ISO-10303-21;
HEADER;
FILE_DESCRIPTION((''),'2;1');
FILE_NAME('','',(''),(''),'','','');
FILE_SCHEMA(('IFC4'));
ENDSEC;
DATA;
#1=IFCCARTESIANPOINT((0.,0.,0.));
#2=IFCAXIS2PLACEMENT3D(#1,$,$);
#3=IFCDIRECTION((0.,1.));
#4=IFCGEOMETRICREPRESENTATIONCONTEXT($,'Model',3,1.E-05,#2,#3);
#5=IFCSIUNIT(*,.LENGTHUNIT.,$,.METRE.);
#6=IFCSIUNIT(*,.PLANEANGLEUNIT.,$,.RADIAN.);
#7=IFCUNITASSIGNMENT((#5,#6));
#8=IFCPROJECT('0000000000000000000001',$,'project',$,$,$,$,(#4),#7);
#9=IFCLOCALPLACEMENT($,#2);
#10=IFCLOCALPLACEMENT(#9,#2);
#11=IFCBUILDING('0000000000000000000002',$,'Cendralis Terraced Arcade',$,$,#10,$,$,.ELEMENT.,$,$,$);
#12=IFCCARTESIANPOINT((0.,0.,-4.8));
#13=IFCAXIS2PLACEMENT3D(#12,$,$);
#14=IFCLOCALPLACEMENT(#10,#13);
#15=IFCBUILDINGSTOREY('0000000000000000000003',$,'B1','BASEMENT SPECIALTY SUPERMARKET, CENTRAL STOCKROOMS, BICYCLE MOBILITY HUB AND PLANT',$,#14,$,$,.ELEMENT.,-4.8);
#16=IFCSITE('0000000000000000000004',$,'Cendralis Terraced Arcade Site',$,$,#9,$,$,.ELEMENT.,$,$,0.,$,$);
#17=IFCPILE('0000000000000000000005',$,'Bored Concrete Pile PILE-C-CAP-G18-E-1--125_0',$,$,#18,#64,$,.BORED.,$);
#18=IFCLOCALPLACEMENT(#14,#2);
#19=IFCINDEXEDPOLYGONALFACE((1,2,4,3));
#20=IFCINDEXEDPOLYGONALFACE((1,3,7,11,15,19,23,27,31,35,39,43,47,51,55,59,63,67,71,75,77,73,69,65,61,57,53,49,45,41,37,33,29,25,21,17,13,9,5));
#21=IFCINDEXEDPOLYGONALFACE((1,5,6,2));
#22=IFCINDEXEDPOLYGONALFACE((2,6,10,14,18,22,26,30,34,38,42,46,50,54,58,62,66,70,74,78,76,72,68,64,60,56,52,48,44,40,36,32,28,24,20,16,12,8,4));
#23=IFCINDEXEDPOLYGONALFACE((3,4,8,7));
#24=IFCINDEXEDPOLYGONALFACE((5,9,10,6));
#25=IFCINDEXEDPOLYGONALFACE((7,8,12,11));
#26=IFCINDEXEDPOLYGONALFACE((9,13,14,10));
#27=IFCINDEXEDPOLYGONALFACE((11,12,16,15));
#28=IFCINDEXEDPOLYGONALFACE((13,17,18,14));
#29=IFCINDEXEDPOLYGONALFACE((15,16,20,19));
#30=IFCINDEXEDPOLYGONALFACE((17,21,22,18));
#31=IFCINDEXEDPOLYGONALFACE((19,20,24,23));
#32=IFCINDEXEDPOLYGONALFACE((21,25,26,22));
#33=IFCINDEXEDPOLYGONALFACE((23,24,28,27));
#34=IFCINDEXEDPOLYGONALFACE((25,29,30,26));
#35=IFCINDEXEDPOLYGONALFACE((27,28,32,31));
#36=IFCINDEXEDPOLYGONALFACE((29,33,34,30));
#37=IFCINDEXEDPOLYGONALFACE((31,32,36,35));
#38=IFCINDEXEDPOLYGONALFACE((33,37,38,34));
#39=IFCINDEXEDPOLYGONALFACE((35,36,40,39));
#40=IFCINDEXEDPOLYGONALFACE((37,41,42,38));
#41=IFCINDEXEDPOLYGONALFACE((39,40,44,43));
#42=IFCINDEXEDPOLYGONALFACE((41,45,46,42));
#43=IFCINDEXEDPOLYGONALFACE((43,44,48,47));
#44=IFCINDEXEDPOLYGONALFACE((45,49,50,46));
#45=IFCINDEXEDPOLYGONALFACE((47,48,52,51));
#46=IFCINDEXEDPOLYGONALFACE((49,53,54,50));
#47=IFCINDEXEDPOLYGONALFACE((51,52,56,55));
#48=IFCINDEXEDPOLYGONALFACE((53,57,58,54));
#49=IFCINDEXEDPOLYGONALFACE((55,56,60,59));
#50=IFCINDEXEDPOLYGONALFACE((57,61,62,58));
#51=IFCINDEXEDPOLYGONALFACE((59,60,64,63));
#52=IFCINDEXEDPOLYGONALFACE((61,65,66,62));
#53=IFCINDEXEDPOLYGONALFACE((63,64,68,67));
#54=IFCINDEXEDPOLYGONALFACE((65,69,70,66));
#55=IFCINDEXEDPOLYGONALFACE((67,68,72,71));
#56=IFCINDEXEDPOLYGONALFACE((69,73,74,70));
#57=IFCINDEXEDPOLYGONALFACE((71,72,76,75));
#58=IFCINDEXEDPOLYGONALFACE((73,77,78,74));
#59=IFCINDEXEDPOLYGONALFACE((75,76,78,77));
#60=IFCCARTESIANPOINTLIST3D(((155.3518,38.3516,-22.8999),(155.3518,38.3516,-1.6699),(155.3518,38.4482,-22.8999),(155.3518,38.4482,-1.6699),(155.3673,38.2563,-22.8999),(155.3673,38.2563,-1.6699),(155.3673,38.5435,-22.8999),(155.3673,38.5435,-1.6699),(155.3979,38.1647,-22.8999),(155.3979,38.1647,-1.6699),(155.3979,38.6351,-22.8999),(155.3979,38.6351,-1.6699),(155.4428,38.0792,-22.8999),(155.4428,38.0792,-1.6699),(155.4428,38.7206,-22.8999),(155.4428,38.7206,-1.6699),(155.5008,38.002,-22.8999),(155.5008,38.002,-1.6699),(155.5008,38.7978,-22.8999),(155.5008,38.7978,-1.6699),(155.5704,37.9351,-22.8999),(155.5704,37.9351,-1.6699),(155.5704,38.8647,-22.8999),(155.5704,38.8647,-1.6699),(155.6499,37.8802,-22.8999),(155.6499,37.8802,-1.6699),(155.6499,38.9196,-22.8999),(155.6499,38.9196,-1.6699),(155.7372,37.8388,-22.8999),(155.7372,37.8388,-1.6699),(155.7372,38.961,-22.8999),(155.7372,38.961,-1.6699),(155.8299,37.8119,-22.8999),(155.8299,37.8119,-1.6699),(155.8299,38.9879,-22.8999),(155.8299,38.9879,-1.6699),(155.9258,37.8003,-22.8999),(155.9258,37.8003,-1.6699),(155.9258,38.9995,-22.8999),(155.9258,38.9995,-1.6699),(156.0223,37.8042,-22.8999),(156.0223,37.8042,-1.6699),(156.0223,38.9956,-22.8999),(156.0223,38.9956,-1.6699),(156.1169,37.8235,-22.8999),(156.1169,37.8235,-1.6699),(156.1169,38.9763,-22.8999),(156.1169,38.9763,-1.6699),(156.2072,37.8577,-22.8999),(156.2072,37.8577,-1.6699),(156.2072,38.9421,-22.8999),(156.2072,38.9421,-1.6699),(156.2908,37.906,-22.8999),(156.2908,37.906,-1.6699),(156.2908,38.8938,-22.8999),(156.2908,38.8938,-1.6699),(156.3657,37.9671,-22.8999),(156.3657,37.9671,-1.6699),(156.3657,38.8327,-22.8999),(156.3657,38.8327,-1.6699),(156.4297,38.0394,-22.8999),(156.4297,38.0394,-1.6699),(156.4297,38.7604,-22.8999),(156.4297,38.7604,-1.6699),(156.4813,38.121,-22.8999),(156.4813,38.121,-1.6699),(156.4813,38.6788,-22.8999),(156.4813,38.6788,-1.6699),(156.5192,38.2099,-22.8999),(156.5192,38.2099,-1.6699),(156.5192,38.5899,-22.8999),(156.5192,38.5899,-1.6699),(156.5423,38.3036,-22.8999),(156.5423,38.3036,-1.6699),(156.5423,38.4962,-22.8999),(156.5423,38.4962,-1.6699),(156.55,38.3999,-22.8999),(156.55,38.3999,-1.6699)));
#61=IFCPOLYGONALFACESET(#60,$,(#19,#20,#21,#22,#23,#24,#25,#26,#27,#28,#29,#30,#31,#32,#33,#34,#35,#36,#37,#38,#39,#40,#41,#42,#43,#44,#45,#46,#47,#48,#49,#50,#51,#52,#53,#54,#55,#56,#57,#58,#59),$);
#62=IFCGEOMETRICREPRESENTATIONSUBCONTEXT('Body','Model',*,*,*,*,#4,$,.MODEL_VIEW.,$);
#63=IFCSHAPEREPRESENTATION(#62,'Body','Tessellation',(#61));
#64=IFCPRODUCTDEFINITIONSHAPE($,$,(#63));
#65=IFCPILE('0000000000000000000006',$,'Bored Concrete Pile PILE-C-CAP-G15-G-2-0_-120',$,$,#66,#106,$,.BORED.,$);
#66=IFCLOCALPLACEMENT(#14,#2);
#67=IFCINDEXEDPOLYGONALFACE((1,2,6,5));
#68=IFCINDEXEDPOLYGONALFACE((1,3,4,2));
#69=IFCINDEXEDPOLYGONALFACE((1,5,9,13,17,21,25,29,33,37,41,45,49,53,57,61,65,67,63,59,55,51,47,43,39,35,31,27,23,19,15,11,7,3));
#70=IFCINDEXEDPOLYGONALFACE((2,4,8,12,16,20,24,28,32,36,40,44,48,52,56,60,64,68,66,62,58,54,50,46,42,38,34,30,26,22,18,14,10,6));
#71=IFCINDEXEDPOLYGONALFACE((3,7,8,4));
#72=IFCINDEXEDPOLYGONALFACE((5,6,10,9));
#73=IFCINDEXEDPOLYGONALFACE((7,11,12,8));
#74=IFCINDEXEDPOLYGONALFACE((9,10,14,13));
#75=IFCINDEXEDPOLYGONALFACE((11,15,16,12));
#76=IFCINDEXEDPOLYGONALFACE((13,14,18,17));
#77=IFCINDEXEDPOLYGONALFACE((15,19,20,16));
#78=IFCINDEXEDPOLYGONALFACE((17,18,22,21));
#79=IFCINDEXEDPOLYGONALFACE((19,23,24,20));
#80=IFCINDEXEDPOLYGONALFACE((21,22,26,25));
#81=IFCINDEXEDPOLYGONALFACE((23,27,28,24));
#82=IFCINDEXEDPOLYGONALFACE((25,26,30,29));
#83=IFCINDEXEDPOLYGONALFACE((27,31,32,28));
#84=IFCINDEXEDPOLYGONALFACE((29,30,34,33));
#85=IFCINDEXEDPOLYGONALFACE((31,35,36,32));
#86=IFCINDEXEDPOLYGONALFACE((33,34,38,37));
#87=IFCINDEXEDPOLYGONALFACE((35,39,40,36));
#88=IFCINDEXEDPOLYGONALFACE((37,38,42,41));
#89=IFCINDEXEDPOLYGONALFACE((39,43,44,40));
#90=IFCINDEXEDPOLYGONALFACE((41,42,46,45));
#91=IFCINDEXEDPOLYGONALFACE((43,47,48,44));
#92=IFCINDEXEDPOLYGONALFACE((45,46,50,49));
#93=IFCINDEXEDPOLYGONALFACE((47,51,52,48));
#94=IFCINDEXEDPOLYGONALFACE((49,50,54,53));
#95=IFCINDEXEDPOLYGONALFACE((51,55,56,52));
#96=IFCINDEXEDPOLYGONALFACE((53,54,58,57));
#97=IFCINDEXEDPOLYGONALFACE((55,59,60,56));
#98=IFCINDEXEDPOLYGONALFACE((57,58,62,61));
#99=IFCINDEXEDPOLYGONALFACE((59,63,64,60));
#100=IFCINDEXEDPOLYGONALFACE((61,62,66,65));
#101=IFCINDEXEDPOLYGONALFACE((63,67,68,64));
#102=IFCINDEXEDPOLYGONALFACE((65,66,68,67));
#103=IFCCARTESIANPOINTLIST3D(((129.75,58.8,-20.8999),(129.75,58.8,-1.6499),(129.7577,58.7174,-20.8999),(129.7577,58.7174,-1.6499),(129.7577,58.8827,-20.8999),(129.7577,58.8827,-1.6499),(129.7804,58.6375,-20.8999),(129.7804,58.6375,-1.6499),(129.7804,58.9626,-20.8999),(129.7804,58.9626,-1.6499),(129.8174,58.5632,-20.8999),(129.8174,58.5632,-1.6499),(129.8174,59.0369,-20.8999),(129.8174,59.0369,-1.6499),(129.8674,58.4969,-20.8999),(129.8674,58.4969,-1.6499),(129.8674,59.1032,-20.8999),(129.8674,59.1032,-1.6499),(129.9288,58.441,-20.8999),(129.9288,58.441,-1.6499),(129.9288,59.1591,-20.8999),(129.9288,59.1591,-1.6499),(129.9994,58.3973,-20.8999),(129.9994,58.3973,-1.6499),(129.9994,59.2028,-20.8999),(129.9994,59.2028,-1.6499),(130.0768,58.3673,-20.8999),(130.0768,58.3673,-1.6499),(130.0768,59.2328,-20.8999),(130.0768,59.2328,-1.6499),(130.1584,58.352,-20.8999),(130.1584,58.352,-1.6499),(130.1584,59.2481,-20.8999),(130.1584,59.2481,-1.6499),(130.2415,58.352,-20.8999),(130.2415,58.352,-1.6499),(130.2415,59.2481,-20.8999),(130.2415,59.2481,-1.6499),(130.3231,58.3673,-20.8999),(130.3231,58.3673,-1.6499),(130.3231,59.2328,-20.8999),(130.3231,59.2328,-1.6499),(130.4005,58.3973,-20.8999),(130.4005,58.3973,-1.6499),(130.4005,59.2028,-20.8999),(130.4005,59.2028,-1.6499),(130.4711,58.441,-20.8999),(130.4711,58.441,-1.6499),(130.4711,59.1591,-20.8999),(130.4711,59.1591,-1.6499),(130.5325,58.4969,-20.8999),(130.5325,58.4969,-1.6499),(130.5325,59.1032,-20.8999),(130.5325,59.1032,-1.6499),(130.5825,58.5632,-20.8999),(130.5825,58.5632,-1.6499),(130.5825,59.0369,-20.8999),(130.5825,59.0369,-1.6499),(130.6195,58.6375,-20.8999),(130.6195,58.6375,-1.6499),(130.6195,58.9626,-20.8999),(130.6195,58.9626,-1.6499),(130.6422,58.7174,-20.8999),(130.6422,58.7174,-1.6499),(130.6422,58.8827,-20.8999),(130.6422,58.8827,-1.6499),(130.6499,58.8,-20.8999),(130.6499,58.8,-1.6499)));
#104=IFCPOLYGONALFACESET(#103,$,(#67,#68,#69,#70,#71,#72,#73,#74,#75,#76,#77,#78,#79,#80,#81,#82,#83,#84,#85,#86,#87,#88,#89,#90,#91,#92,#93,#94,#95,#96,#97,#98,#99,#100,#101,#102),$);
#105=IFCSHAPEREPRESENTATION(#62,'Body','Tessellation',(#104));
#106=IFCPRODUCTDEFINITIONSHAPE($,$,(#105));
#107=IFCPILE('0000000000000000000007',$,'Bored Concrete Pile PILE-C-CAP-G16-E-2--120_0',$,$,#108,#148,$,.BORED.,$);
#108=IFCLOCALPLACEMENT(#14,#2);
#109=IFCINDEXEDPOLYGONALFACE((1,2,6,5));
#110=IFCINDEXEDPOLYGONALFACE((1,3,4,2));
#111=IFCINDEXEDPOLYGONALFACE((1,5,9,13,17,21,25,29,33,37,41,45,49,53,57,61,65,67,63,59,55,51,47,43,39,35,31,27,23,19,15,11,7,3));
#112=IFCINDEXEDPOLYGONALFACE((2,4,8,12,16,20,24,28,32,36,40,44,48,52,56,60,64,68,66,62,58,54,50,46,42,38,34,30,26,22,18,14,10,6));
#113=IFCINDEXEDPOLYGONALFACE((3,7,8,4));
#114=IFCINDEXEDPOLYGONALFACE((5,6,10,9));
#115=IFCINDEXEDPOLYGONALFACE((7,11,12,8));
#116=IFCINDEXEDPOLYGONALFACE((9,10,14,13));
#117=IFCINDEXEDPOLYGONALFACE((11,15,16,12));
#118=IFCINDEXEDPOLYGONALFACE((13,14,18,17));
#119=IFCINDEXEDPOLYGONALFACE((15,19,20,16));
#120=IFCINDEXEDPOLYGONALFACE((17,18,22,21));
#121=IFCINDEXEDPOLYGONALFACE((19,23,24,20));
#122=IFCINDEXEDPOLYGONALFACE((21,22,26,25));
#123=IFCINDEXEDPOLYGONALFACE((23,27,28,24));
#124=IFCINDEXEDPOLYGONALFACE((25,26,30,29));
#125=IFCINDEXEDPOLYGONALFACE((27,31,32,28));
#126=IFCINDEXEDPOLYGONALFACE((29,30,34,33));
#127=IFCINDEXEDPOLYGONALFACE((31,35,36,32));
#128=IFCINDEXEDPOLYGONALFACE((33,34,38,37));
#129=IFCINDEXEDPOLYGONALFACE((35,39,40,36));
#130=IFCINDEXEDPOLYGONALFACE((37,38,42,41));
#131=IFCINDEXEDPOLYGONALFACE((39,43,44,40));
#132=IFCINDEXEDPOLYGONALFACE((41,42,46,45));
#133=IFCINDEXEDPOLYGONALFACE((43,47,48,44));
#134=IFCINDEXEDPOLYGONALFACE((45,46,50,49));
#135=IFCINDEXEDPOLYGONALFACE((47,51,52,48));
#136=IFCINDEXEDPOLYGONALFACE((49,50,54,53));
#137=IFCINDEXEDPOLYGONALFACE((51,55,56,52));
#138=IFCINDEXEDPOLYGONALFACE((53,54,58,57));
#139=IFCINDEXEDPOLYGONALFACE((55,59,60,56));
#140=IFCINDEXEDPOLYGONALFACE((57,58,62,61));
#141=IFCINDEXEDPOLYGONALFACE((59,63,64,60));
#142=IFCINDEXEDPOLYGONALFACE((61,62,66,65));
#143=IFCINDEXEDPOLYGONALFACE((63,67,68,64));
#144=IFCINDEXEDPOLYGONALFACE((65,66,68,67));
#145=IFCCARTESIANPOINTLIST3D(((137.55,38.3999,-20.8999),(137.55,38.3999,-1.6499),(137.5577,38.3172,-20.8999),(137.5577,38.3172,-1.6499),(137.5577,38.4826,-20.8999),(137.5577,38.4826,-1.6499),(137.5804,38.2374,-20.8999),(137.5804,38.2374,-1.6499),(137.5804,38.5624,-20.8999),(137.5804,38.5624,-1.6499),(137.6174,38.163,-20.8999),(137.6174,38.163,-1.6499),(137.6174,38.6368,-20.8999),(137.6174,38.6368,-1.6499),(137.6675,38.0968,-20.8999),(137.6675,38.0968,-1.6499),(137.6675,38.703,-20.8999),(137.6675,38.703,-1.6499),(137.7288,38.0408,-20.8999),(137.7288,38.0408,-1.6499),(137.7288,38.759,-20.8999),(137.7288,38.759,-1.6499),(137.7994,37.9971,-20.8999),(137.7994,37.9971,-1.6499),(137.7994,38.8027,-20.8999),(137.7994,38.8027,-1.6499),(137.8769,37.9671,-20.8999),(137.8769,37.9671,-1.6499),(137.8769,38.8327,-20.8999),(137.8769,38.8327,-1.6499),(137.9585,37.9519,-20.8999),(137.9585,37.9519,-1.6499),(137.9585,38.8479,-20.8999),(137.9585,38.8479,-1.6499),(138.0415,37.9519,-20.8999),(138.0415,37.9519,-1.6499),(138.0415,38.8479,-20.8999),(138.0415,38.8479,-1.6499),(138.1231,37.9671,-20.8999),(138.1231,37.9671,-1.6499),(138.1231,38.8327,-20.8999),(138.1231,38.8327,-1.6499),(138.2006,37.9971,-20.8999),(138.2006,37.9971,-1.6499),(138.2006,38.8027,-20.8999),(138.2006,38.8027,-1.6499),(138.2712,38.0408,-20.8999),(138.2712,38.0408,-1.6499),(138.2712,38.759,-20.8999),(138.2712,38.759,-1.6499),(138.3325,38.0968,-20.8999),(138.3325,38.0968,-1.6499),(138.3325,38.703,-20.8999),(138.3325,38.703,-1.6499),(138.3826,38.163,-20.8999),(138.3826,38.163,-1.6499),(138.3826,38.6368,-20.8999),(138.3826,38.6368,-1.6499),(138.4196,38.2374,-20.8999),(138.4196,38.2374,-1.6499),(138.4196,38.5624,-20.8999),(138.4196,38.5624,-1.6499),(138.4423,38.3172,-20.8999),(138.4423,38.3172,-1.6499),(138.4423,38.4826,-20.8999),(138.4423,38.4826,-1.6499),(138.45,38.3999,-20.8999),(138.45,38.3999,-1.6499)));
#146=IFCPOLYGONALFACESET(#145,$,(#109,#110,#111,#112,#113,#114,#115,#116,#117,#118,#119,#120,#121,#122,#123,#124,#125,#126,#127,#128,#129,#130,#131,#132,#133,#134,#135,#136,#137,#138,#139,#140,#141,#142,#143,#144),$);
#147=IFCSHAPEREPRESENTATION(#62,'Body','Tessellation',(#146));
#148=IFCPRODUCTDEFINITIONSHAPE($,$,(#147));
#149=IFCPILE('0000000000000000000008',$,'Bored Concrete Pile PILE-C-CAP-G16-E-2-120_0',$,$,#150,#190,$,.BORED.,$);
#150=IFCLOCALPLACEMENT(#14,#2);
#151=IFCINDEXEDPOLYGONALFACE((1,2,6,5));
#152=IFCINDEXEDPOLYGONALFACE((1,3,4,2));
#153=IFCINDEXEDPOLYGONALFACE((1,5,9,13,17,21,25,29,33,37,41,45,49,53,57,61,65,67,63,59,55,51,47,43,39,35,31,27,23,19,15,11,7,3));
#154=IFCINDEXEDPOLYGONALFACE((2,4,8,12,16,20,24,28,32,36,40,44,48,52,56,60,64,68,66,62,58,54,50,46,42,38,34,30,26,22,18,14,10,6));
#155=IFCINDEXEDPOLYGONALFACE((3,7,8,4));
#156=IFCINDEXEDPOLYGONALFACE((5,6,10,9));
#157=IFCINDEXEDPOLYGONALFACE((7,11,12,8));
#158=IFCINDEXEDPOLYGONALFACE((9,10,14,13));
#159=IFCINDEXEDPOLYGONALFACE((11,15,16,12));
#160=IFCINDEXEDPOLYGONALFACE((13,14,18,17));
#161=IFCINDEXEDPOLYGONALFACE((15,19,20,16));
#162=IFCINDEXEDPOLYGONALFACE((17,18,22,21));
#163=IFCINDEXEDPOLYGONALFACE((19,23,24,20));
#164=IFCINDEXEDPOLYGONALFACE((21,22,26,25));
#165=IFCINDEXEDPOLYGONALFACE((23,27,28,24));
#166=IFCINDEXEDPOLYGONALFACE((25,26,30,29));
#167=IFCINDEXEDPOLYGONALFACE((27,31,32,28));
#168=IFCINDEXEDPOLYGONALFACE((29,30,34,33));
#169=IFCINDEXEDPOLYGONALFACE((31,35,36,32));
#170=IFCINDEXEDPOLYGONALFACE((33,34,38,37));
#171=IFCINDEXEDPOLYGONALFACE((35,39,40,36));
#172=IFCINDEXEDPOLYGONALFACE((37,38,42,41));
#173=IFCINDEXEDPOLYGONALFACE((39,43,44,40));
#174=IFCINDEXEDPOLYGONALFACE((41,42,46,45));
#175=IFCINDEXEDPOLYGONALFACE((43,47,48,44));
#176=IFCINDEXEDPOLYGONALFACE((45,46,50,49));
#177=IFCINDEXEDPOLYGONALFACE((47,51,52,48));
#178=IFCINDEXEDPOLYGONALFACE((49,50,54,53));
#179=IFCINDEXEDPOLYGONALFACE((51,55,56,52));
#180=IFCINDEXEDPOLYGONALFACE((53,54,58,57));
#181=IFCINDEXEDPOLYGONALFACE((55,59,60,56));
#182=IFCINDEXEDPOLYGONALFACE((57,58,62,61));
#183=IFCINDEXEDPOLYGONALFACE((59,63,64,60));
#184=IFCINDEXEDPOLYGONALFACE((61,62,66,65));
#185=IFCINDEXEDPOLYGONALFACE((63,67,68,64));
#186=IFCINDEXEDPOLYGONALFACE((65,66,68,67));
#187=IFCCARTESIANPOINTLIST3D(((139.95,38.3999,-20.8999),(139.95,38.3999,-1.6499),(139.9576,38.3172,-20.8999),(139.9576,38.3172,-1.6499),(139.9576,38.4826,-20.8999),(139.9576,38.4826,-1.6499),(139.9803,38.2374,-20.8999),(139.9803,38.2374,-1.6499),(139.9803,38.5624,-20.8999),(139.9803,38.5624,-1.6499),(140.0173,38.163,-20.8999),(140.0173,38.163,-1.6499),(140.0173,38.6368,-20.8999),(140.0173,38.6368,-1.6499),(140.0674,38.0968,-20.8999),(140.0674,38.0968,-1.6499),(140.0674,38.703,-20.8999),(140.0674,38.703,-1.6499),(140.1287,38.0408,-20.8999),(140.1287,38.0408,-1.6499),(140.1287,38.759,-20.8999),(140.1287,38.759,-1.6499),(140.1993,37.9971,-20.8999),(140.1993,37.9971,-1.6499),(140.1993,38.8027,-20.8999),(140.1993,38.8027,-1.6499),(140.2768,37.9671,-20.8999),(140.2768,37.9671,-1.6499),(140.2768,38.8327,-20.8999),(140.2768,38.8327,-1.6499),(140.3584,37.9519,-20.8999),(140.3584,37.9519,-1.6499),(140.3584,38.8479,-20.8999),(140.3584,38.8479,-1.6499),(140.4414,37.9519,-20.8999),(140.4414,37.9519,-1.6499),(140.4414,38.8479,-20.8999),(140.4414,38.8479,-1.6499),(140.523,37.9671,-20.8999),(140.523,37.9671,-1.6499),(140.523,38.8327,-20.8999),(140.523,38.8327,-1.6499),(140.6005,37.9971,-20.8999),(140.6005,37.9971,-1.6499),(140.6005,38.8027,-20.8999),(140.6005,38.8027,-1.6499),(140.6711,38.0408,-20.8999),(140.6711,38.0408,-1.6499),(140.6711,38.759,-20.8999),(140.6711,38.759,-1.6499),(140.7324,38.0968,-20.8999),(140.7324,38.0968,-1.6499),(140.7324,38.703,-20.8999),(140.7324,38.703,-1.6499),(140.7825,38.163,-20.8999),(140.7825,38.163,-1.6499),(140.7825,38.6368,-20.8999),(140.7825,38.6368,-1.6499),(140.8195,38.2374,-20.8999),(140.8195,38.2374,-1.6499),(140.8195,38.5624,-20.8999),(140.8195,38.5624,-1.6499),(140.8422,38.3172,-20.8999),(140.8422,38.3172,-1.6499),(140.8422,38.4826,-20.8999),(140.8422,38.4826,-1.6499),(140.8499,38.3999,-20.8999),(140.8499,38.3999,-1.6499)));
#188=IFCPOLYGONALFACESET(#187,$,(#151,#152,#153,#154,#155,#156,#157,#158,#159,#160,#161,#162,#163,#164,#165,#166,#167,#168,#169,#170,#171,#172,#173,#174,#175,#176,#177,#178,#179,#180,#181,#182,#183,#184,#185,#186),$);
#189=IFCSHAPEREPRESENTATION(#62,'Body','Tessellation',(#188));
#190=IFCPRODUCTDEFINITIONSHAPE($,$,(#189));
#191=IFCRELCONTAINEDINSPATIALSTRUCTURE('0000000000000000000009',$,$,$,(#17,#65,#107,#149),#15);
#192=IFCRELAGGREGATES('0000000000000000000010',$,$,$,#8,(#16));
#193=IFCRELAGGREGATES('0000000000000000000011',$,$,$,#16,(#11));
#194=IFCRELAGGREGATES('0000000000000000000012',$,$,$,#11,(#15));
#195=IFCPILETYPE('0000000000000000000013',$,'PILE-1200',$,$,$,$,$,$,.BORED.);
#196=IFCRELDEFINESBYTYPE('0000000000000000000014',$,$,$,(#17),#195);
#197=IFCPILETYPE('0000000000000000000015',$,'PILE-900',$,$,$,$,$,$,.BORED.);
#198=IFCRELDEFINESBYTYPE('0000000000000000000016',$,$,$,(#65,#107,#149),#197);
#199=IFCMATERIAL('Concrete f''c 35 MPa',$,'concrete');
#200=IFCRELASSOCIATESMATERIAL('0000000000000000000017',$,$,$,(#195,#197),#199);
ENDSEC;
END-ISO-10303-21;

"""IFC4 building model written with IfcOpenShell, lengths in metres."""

from ifc_helpers import new_model, si_unit, direction, frame, origin, origin_2d, place, context, subcontext, project, spatial, circle, extrude, material, material_profile, profile_set, type_object, element, save


model = new_model("IFC4")

# Units and contexts
model_context = context("Model", 3, precision=1e-05, world=origin(), true_north=direction((0.0, 1.0)))
body_context = subcontext(model_context, "Body", "Model", "MODEL_VIEW")
ifc_project = project(units=[si_unit("LENGTHUNIT", "METRE"), si_unit("PLANEANGLEUNIT", "RADIAN")], contexts=[model_context])

# Site, building, storey
site_placement = place(None, origin())
site = spatial("IfcSite", under=ifc_project, at=site_placement, Name="Cendralis Terraced Arcade Site", CompositionType="ELEMENT", RefElevation=0.0)
building_placement = place(site_placement, origin())
building = spatial("IfcBuilding", under=site, at=building_placement, Name="Cendralis Terraced Arcade", CompositionType="ELEMENT")
storey_placement = place(building_placement, frame((0.0, 0.0, -4.8)))
storey = spatial("IfcBuildingStorey", under=building, at=storey_placement, Name="B1", Description="BASEMENT SPECIALTY SUPERMARKET, CENTRAL STOCKROOMS, BICYCLE MOBILITY HUB AND PLANT", CompositionType="ELEMENT", Elevation=-4.8)

# Shared definitions
ifc_material_1 = material(Name="Concrete f'c 35 MPa", Category="concrete")

# Piles
ifc_material_profile_1 = material_profile(ifc_material_1, circle(Radius=0.6001, at=origin_2d()), Name="PILE-D1200", Category="LoadBearing")
ifc_profile_set_1 = profile_set([ifc_material_profile_1], Name="Concrete f'c 35 MPa")
pile_type_1 = type_object("IfcPileType", Name="PILE-1200", PredefinedType="BORED", material=ifc_profile_set_1)
pile_1_placement = place(storey_placement, frame((155.95, 38.3999, -1.6699), z_axis=(0.0, 0.0, -1.0), x_axis=(1.0, 0.0, 0.0)))
element("IfcPile", 1, at=pile_1_placement, inside=storey, type_object=pile_type_1, Name="Bored Concrete Pile PILE-C-CAP-G18-E-1--125_0", PredefinedType="BORED", context=body_context, shape_type="SweptSolid", body=[
    extrude(circle(Radius=0.6001, at=origin_2d()), origin(), (0.0, 0.0, 1.0), 21.23),
])
ifc_material_profile_2 = material_profile(ifc_material_1, circle(Radius=0.45, at=origin_2d()), Name="PILE-D900", Category="LoadBearing")
ifc_profile_set_2 = profile_set([ifc_material_profile_2], Name="Concrete f'c 35 MPa")
pile_type_2 = type_object("IfcPileType", Name="PILE-900", PredefinedType="BORED", material=ifc_profile_set_2)
for number, where, z_axis, x_axis, name in (
    (2, (130.2, 58.8, -1.6499), (0.0, 0.0, -1.0), (1.0, 0.0, 0.0), "Bored Concrete Pile PILE-C-CAP-G15-G-2-0_-120"),
    (3, (138.0, 38.3999, -1.6499), (0.0, 0.0, -1.0), (1.0, 0.0, 0.0), "Bored Concrete Pile PILE-C-CAP-G16-E-2--120_0"),
    (4, (140.3999, 38.3999, -1.6499), (0.0, 0.0, -1.0), (1.0, 0.0, 0.0), "Bored Concrete Pile PILE-C-CAP-G16-E-2-120_0"),
):
    element("IfcPile", number, at=place(storey_placement, frame(where, z_axis=z_axis, x_axis=x_axis)), inside=storey, type_object=pile_type_2, Name=name, PredefinedType="BORED", context=body_context, shape_type="SweptSolid", body=[
        extrude(circle(Radius=0.45, at=origin_2d()), origin(), (0.0, 0.0, 1.0), 19.25),
    ])

save(model, "model.ifc")
